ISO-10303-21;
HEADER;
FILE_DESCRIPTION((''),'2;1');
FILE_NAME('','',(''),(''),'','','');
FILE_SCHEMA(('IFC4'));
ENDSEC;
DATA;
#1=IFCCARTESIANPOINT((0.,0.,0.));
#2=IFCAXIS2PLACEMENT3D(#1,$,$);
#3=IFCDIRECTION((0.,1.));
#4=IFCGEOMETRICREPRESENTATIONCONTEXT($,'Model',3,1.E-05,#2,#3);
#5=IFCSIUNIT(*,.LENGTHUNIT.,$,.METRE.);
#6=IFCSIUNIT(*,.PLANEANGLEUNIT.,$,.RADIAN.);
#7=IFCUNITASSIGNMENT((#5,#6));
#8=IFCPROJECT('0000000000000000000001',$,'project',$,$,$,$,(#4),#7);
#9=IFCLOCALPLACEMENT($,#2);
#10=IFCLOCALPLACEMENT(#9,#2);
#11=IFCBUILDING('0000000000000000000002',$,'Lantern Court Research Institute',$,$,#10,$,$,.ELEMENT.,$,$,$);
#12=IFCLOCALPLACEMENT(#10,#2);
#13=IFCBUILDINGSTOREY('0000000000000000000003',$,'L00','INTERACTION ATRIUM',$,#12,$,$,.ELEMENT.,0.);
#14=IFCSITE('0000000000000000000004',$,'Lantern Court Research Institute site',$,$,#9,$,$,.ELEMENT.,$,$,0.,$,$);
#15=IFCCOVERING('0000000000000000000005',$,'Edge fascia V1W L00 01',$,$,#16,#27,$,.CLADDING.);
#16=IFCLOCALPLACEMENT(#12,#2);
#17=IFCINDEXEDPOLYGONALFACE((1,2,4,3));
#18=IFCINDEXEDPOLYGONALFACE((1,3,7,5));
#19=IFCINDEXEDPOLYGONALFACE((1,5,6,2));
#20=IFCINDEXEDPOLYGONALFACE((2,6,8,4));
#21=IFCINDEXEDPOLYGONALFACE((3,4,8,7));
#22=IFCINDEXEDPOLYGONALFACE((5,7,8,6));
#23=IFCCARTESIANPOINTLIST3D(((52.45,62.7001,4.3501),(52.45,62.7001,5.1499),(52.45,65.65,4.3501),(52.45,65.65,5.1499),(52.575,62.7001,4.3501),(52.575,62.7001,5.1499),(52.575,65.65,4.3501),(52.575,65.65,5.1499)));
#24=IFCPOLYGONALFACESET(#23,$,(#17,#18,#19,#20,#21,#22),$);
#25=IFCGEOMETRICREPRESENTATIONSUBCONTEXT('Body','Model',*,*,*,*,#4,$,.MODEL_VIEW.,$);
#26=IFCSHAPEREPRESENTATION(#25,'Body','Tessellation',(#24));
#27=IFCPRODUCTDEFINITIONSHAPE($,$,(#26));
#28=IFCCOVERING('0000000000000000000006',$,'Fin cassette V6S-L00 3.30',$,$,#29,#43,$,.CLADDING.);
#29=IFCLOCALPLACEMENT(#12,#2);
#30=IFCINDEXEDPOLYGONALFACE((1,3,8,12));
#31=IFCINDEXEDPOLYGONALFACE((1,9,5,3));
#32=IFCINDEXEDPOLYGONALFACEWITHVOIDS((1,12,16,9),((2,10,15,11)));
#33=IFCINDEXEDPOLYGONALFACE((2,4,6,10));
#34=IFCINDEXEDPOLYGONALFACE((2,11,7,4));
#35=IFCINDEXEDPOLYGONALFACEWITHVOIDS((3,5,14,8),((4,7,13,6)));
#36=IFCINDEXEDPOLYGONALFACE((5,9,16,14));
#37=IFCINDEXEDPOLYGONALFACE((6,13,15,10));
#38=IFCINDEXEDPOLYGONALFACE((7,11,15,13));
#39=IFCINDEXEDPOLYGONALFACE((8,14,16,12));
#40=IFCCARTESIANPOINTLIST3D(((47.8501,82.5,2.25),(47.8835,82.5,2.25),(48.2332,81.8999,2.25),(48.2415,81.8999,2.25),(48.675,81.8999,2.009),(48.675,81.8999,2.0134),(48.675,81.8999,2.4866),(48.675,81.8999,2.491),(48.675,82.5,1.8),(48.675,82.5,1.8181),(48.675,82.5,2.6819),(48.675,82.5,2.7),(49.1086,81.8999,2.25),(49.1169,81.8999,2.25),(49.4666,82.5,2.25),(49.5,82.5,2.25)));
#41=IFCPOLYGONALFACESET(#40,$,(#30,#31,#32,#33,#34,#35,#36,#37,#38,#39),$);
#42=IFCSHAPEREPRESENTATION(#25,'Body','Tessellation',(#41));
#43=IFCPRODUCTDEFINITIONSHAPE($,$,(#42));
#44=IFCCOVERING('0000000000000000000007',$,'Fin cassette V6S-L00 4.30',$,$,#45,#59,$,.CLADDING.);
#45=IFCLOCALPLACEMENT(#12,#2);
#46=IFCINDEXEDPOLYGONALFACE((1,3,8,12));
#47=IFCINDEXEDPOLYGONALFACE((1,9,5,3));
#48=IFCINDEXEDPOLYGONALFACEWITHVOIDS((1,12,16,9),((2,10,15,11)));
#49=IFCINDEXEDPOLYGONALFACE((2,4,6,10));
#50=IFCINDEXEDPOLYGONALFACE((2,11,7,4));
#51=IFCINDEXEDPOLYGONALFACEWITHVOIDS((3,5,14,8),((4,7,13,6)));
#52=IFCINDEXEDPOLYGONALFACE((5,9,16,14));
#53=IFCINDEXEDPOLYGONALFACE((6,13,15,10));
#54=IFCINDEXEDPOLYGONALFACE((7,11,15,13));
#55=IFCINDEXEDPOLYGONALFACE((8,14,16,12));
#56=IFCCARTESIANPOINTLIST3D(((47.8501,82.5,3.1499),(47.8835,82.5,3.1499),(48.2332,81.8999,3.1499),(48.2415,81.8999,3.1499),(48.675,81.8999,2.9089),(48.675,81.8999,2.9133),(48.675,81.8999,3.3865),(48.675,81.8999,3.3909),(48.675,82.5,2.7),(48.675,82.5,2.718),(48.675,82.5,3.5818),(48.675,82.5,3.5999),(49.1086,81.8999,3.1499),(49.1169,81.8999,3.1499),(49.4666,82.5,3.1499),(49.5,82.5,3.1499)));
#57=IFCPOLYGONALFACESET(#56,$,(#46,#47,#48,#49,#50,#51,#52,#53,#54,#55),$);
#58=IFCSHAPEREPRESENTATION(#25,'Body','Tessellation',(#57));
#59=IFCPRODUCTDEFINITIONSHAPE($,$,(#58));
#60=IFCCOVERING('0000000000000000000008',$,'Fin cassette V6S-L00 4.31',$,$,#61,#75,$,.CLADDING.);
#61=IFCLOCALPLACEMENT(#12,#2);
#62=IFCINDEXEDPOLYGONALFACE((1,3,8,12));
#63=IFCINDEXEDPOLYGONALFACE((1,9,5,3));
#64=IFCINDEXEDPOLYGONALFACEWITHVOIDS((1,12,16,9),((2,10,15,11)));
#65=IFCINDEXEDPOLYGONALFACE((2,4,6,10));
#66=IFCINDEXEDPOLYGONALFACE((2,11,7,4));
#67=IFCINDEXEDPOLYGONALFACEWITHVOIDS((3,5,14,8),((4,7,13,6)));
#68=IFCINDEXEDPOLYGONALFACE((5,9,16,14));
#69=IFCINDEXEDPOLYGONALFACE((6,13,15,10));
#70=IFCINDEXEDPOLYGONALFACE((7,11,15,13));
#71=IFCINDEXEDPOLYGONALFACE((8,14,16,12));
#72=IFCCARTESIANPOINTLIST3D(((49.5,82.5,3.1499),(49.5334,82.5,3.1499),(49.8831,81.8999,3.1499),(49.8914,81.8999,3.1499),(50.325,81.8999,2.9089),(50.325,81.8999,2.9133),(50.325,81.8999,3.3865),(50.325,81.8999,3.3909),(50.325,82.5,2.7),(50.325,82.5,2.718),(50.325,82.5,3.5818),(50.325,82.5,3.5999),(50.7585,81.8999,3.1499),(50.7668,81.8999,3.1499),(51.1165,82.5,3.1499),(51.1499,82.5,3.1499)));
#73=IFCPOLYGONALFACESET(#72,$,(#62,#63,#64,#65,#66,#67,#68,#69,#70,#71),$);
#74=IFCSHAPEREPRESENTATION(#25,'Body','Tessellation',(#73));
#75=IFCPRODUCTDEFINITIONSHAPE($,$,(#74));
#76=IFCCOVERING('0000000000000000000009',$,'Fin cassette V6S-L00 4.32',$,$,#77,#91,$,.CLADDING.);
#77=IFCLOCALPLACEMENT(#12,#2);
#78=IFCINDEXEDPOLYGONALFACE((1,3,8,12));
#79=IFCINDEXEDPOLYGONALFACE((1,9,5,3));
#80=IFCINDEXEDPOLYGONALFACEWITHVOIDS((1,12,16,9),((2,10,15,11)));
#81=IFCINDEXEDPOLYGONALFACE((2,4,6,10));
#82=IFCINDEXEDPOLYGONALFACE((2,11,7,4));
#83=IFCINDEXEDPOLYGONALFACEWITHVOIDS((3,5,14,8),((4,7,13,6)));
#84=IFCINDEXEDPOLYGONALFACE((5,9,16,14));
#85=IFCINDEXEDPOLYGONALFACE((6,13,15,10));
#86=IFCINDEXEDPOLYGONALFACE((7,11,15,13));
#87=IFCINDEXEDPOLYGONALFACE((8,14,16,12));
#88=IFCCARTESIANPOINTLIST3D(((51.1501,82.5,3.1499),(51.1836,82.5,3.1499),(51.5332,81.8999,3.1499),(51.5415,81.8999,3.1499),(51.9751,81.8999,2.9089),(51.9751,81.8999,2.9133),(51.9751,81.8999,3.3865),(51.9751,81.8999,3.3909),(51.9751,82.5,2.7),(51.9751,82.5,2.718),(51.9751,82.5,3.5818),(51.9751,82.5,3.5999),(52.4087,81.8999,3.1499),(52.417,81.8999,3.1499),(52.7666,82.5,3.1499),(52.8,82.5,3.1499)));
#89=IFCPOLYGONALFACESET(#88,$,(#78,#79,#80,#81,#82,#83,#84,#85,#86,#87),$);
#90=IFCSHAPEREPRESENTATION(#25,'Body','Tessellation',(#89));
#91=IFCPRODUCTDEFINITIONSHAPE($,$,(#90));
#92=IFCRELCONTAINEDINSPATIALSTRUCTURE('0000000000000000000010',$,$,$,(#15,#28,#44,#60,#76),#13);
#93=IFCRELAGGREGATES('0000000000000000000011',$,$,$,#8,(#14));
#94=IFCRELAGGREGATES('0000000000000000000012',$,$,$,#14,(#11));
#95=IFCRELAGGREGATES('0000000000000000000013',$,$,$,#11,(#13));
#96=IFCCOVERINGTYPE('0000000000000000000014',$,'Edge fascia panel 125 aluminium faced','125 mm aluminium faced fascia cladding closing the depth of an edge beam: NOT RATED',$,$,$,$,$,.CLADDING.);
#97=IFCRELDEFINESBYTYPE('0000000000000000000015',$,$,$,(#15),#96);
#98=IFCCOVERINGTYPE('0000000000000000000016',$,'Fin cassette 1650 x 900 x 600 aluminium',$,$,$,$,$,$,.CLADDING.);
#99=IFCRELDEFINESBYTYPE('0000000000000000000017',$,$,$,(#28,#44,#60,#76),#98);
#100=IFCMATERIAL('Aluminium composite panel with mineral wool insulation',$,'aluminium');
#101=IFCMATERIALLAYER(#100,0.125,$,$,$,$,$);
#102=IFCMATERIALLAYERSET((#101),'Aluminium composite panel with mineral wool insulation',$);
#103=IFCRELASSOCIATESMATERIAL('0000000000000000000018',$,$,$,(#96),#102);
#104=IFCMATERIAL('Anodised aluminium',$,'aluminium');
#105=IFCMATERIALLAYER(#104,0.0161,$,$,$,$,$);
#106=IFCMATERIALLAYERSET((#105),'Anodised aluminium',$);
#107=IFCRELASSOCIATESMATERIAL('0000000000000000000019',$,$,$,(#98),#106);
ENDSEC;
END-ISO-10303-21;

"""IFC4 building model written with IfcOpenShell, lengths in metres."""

from ifc_helpers import new_model, entity, si_unit, direction, frame, frame_2d, origin, place, context, subcontext, project, spatial, rectangle, extrude, material, layer, layer_set, type_object, element, save


model = new_model("IFC4")

# Units and contexts
model_context = context("Model", 3, precision=1e-05, world=origin(), true_north=direction((0.0, 1.0)))
body_context = subcontext(model_context, "Body", "Model", "MODEL_VIEW")
ifc_project = project(units=[si_unit("LENGTHUNIT", "METRE"), si_unit("PLANEANGLEUNIT", "RADIAN")], contexts=[model_context])

# Site, building, storey
site_placement = place(None, origin())
site = spatial("IfcSite", under=ifc_project, at=site_placement, Name="Lantern Court Research Institute site", CompositionType="ELEMENT", RefElevation=0.0)
building_placement = place(site_placement, origin())
building = spatial("IfcBuilding", under=site, at=building_placement, Name="Lantern Court Research Institute", CompositionType="ELEMENT")
storey_placement = place(building_placement, origin())
storey = spatial("IfcBuildingStorey", under=building, at=storey_placement, Name="L00", Description="INTERACTION ATRIUM", CompositionType="ELEMENT", Elevation=0.0)

# Coverings
ifc_material_1 = material(Name="Aluminium composite panel with mineral wool insulation", Category="aluminium")
ifc_layer_1 = layer(ifc_material_1, 0.125)
ifc_layer_set_1 = layer_set([ifc_layer_1], Name="Aluminium composite panel with mineral wool insulation")
covering_type_1 = type_object("IfcCoveringType", Name="Edge fascia panel 125 aluminium faced", Description="125 mm aluminium faced fascia cladding closing the depth of an edge beam: NOT RATED", PredefinedType="CLADDING", material=ifc_layer_set_1)
covering_1_placement = place(storey_placement, frame((52.5125, 62.7, 4.3501), z_axis=(0.0, 0.0, 1.0), x_axis=(0.0, 1.0, 0.0)))
element("IfcCovering", 1, at=covering_1_placement, inside=storey, type_object=covering_type_1, Name="Edge fascia V1W L00 01", PredefinedType="CLADDING", context=body_context, shape_type="SweptSolid", body=[
    extrude(rectangle(XDim=2.95, YDim=0.125, at=frame_2d((1.4751, 0.0))), origin(), (0.0, 0.0, 1.0), 0.7998),
])
ifc_material_2 = material(Name="Anodised aluminium", Category="aluminium")
ifc_layer_2 = layer(ifc_material_2, 0.0161)
ifc_layer_set_2 = layer_set([ifc_layer_2], Name="Anodised aluminium")
covering_type_2 = type_object("IfcCoveringType", Name="Fin cassette 1650 x 900 x 600 aluminium", PredefinedType="CLADDING", material=ifc_layer_set_2)
covering_2_placement = place(storey_placement, frame((48.675, 82.5, 2.25), z_axis=(0.0, -1.0, 0.0), x_axis=(1.0, 0.0, 0.0)))
cartesian_point_1 = entity("IfcCartesianPoint", [0.825, 0.0])
cartesian_point_2 = entity("IfcCartesianPoint", [0.7915, 0.0])
cartesian_point_3 = entity("IfcCartesianPoint", [0.4419, 0.0])
cartesian_point_4 = entity("IfcCartesianPoint", [0.4336, 0.0])
element("IfcCovering", 2, at=covering_2_placement, inside=storey, type_object=covering_type_2, Name="Fin cassette V6S-L00 3.30", PredefinedType="CLADDING", context=body_context, shape_type="SweptSolid", body=[
    entity("IfcExtrudedAreaSolidTapered", entity("IfcArbitraryProfileDefWithVoids", "AREA", None, entity("IfcPolyline", [cartesian_point_1, entity("IfcCartesianPoint", [0.0, 0.45]), entity("IfcCartesianPoint", [-0.825, 0.0]), entity("IfcCartesianPoint", [0.0, -0.45]), cartesian_point_1]), [entity("IfcPolyline", [cartesian_point_2, entity("IfcCartesianPoint", [0.0, 0.4319]), entity("IfcCartesianPoint", [-0.7915, 0.0]), entity("IfcCartesianPoint", [0.0, -0.4319]), cartesian_point_2])]), entity("IfcAxis2Placement3D", entity("IfcCartesianPoint", [0.0, 0.0, 0.0])), entity("IfcDirection", [0.0, 0.0, 1.0]), 0.6001, entity("IfcArbitraryProfileDefWithVoids", "AREA", None, entity("IfcPolyline", [cartesian_point_3, entity("IfcCartesianPoint", [0.0, 0.241]), entity("IfcCartesianPoint", [-0.4419, 0.0]), entity("IfcCartesianPoint", [0.0, -0.241]), cartesian_point_3]), [entity("IfcPolyline", [cartesian_point_4, entity("IfcCartesianPoint", [0.0, 0.2366]), entity("IfcCartesianPoint", [-0.4336, 0.0]), entity("IfcCartesianPoint", [0.0, -0.2366]), cartesian_point_4])])),
])
covering_3_placement = place(storey_placement, frame((48.675, 82.5, 3.1499), z_axis=(0.0, -1.0, 0.0), x_axis=(1.0, 0.0, 0.0)))
cartesian_point_5 = entity("IfcCartesianPoint", [0.825, 0.0])
cartesian_point_6 = entity("IfcCartesianPoint", [0.7915, 0.0])
cartesian_point_7 = entity("IfcCartesianPoint", [0.4419, 0.0])
cartesian_point_8 = entity("IfcCartesianPoint", [0.4336, 0.0])
element("IfcCovering", 3, at=covering_3_placement, inside=storey, type_object=covering_type_2, Name="Fin cassette V6S-L00 4.30", PredefinedType="CLADDING", context=body_context, shape_type="SweptSolid", body=[
    entity("IfcExtrudedAreaSolidTapered", entity("IfcArbitraryProfileDefWithVoids", "AREA", None, entity("IfcPolyline", [cartesian_point_5, entity("IfcCartesianPoint", [0.0, 0.45]), entity("IfcCartesianPoint", [-0.825, 0.0]), entity("IfcCartesianPoint", [0.0, -0.45]), cartesian_point_5]), [entity("IfcPolyline", [cartesian_point_6, entity("IfcCartesianPoint", [0.0, 0.4319]), entity("IfcCartesianPoint", [-0.7915, 0.0]), entity("IfcCartesianPoint", [0.0, -0.4319]), cartesian_point_6])]), entity("IfcAxis2Placement3D", entity("IfcCartesianPoint", [0.0, 0.0, 0.0])), entity("IfcDirection", [0.0, 0.0, 1.0]), 0.6001, entity("IfcArbitraryProfileDefWithVoids", "AREA", None, entity("IfcPolyline", [cartesian_point_7, entity("IfcCartesianPoint", [0.0, 0.241]), entity("IfcCartesianPoint", [-0.4419, 0.0]), entity("IfcCartesianPoint", [0.0, -0.241]), cartesian_point_7]), [entity("IfcPolyline", [cartesian_point_8, entity("IfcCartesianPoint", [0.0, 0.2366]), entity("IfcCartesianPoint", [-0.4336, 0.0]), entity("IfcCartesianPoint", [0.0, -0.2366]), cartesian_point_8])])),
])
covering_4_placement = place(storey_placement, frame((50.325, 82.5, 3.1499), z_axis=(0.0, -1.0, 0.0), x_axis=(1.0, 0.0, 0.0)))
cartesian_point_9 = entity("IfcCartesianPoint", [0.825, 0.0])
cartesian_point_10 = entity("IfcCartesianPoint", [0.7915, 0.0])
cartesian_point_11 = entity("IfcCartesianPoint", [0.4419, 0.0])
cartesian_point_12 = entity("IfcCartesianPoint", [0.4336, 0.0])
element("IfcCovering", 4, at=covering_4_placement, inside=storey, type_object=covering_type_2, Name="Fin cassette V6S-L00 4.31", PredefinedType="CLADDING", context=body_context, shape_type="SweptSolid", body=[
    entity("IfcExtrudedAreaSolidTapered", entity("IfcArbitraryProfileDefWithVoids", "AREA", None, entity("IfcPolyline", [cartesian_point_9, entity("IfcCartesianPoint", [0.0, 0.45]), entity("IfcCartesianPoint", [-0.825, 0.0]), entity("IfcCartesianPoint", [0.0, -0.45]), cartesian_point_9]), [entity("IfcPolyline", [cartesian_point_10, entity("IfcCartesianPoint", [0.0, 0.4319]), entity("IfcCartesianPoint", [-0.7915, 0.0]), entity("IfcCartesianPoint", [0.0, -0.4319]), cartesian_point_10])]), entity("IfcAxis2Placement3D", entity("IfcCartesianPoint", [0.0, 0.0, 0.0])), entity("IfcDirection", [0.0, 0.0, 1.0]), 0.6001, entity("IfcArbitraryProfileDefWithVoids", "AREA", None, entity("IfcPolyline", [cartesian_point_11, entity("IfcCartesianPoint", [0.0, 0.241]), entity("IfcCartesianPoint", [-0.4419, 0.0]), entity("IfcCartesianPoint", [0.0, -0.241]), cartesian_point_11]), [entity("IfcPolyline", [cartesian_point_12, entity("IfcCartesianPoint", [0.0, 0.2366]), entity("IfcCartesianPoint", [-0.4336, 0.0]), entity("IfcCartesianPoint", [0.0, -0.2366]), cartesian_point_12])])),
])
covering_5_placement = place(storey_placement, frame((51.9751, 82.5, 3.1499), z_axis=(0.0, -1.0, 0.0), x_axis=(1.0, 0.0, 0.0)))
cartesian_point_13 = entity("IfcCartesianPoint", [0.825, 0.0])
cartesian_point_14 = entity("IfcCartesianPoint", [0.7915, 0.0])
cartesian_point_15 = entity("IfcCartesianPoint", [0.4419, 0.0])
cartesian_point_16 = entity("IfcCartesianPoint", [0.4336, 0.0])
element("IfcCovering", 5, at=covering_5_placement, inside=storey, type_object=covering_type_2, Name="Fin cassette V6S-L00 4.32", PredefinedType="CLADDING", context=body_context, shape_type="SweptSolid", body=[
    entity("IfcExtrudedAreaSolidTapered", entity("IfcArbitraryProfileDefWithVoids", "AREA", None, entity("IfcPolyline", [cartesian_point_13, entity("IfcCartesianPoint", [0.0, 0.45]), entity("IfcCartesianPoint", [-0.825, 0.0]), entity("IfcCartesianPoint", [0.0, -0.45]), cartesian_point_13]), [entity("IfcPolyline", [cartesian_point_14, entity("IfcCartesianPoint", [0.0, 0.4319]), entity("IfcCartesianPoint", [-0.7915, 0.0]), entity("IfcCartesianPoint", [0.0, -0.4319]), cartesian_point_14])]), entity("IfcAxis2Placement3D", entity("IfcCartesianPoint", [0.0, 0.0, 0.0])), entity("IfcDirection", [0.0, 0.0, 1.0]), 0.6001, entity("IfcArbitraryProfileDefWithVoids", "AREA", None, entity("IfcPolyline", [cartesian_point_15, entity("IfcCartesianPoint", [0.0, 0.241]), entity("IfcCartesianPoint", [-0.4419, 0.0]), entity("IfcCartesianPoint", [0.0, -0.241]), cartesian_point_15]), [entity("IfcPolyline", [cartesian_point_16, entity("IfcCartesianPoint", [0.0, 0.2366]), entity("IfcCartesianPoint", [-0.4336, 0.0]), entity("IfcCartesianPoint", [0.0, -0.2366]), cartesian_point_16])])),
])

save(model, "model.ifc")
